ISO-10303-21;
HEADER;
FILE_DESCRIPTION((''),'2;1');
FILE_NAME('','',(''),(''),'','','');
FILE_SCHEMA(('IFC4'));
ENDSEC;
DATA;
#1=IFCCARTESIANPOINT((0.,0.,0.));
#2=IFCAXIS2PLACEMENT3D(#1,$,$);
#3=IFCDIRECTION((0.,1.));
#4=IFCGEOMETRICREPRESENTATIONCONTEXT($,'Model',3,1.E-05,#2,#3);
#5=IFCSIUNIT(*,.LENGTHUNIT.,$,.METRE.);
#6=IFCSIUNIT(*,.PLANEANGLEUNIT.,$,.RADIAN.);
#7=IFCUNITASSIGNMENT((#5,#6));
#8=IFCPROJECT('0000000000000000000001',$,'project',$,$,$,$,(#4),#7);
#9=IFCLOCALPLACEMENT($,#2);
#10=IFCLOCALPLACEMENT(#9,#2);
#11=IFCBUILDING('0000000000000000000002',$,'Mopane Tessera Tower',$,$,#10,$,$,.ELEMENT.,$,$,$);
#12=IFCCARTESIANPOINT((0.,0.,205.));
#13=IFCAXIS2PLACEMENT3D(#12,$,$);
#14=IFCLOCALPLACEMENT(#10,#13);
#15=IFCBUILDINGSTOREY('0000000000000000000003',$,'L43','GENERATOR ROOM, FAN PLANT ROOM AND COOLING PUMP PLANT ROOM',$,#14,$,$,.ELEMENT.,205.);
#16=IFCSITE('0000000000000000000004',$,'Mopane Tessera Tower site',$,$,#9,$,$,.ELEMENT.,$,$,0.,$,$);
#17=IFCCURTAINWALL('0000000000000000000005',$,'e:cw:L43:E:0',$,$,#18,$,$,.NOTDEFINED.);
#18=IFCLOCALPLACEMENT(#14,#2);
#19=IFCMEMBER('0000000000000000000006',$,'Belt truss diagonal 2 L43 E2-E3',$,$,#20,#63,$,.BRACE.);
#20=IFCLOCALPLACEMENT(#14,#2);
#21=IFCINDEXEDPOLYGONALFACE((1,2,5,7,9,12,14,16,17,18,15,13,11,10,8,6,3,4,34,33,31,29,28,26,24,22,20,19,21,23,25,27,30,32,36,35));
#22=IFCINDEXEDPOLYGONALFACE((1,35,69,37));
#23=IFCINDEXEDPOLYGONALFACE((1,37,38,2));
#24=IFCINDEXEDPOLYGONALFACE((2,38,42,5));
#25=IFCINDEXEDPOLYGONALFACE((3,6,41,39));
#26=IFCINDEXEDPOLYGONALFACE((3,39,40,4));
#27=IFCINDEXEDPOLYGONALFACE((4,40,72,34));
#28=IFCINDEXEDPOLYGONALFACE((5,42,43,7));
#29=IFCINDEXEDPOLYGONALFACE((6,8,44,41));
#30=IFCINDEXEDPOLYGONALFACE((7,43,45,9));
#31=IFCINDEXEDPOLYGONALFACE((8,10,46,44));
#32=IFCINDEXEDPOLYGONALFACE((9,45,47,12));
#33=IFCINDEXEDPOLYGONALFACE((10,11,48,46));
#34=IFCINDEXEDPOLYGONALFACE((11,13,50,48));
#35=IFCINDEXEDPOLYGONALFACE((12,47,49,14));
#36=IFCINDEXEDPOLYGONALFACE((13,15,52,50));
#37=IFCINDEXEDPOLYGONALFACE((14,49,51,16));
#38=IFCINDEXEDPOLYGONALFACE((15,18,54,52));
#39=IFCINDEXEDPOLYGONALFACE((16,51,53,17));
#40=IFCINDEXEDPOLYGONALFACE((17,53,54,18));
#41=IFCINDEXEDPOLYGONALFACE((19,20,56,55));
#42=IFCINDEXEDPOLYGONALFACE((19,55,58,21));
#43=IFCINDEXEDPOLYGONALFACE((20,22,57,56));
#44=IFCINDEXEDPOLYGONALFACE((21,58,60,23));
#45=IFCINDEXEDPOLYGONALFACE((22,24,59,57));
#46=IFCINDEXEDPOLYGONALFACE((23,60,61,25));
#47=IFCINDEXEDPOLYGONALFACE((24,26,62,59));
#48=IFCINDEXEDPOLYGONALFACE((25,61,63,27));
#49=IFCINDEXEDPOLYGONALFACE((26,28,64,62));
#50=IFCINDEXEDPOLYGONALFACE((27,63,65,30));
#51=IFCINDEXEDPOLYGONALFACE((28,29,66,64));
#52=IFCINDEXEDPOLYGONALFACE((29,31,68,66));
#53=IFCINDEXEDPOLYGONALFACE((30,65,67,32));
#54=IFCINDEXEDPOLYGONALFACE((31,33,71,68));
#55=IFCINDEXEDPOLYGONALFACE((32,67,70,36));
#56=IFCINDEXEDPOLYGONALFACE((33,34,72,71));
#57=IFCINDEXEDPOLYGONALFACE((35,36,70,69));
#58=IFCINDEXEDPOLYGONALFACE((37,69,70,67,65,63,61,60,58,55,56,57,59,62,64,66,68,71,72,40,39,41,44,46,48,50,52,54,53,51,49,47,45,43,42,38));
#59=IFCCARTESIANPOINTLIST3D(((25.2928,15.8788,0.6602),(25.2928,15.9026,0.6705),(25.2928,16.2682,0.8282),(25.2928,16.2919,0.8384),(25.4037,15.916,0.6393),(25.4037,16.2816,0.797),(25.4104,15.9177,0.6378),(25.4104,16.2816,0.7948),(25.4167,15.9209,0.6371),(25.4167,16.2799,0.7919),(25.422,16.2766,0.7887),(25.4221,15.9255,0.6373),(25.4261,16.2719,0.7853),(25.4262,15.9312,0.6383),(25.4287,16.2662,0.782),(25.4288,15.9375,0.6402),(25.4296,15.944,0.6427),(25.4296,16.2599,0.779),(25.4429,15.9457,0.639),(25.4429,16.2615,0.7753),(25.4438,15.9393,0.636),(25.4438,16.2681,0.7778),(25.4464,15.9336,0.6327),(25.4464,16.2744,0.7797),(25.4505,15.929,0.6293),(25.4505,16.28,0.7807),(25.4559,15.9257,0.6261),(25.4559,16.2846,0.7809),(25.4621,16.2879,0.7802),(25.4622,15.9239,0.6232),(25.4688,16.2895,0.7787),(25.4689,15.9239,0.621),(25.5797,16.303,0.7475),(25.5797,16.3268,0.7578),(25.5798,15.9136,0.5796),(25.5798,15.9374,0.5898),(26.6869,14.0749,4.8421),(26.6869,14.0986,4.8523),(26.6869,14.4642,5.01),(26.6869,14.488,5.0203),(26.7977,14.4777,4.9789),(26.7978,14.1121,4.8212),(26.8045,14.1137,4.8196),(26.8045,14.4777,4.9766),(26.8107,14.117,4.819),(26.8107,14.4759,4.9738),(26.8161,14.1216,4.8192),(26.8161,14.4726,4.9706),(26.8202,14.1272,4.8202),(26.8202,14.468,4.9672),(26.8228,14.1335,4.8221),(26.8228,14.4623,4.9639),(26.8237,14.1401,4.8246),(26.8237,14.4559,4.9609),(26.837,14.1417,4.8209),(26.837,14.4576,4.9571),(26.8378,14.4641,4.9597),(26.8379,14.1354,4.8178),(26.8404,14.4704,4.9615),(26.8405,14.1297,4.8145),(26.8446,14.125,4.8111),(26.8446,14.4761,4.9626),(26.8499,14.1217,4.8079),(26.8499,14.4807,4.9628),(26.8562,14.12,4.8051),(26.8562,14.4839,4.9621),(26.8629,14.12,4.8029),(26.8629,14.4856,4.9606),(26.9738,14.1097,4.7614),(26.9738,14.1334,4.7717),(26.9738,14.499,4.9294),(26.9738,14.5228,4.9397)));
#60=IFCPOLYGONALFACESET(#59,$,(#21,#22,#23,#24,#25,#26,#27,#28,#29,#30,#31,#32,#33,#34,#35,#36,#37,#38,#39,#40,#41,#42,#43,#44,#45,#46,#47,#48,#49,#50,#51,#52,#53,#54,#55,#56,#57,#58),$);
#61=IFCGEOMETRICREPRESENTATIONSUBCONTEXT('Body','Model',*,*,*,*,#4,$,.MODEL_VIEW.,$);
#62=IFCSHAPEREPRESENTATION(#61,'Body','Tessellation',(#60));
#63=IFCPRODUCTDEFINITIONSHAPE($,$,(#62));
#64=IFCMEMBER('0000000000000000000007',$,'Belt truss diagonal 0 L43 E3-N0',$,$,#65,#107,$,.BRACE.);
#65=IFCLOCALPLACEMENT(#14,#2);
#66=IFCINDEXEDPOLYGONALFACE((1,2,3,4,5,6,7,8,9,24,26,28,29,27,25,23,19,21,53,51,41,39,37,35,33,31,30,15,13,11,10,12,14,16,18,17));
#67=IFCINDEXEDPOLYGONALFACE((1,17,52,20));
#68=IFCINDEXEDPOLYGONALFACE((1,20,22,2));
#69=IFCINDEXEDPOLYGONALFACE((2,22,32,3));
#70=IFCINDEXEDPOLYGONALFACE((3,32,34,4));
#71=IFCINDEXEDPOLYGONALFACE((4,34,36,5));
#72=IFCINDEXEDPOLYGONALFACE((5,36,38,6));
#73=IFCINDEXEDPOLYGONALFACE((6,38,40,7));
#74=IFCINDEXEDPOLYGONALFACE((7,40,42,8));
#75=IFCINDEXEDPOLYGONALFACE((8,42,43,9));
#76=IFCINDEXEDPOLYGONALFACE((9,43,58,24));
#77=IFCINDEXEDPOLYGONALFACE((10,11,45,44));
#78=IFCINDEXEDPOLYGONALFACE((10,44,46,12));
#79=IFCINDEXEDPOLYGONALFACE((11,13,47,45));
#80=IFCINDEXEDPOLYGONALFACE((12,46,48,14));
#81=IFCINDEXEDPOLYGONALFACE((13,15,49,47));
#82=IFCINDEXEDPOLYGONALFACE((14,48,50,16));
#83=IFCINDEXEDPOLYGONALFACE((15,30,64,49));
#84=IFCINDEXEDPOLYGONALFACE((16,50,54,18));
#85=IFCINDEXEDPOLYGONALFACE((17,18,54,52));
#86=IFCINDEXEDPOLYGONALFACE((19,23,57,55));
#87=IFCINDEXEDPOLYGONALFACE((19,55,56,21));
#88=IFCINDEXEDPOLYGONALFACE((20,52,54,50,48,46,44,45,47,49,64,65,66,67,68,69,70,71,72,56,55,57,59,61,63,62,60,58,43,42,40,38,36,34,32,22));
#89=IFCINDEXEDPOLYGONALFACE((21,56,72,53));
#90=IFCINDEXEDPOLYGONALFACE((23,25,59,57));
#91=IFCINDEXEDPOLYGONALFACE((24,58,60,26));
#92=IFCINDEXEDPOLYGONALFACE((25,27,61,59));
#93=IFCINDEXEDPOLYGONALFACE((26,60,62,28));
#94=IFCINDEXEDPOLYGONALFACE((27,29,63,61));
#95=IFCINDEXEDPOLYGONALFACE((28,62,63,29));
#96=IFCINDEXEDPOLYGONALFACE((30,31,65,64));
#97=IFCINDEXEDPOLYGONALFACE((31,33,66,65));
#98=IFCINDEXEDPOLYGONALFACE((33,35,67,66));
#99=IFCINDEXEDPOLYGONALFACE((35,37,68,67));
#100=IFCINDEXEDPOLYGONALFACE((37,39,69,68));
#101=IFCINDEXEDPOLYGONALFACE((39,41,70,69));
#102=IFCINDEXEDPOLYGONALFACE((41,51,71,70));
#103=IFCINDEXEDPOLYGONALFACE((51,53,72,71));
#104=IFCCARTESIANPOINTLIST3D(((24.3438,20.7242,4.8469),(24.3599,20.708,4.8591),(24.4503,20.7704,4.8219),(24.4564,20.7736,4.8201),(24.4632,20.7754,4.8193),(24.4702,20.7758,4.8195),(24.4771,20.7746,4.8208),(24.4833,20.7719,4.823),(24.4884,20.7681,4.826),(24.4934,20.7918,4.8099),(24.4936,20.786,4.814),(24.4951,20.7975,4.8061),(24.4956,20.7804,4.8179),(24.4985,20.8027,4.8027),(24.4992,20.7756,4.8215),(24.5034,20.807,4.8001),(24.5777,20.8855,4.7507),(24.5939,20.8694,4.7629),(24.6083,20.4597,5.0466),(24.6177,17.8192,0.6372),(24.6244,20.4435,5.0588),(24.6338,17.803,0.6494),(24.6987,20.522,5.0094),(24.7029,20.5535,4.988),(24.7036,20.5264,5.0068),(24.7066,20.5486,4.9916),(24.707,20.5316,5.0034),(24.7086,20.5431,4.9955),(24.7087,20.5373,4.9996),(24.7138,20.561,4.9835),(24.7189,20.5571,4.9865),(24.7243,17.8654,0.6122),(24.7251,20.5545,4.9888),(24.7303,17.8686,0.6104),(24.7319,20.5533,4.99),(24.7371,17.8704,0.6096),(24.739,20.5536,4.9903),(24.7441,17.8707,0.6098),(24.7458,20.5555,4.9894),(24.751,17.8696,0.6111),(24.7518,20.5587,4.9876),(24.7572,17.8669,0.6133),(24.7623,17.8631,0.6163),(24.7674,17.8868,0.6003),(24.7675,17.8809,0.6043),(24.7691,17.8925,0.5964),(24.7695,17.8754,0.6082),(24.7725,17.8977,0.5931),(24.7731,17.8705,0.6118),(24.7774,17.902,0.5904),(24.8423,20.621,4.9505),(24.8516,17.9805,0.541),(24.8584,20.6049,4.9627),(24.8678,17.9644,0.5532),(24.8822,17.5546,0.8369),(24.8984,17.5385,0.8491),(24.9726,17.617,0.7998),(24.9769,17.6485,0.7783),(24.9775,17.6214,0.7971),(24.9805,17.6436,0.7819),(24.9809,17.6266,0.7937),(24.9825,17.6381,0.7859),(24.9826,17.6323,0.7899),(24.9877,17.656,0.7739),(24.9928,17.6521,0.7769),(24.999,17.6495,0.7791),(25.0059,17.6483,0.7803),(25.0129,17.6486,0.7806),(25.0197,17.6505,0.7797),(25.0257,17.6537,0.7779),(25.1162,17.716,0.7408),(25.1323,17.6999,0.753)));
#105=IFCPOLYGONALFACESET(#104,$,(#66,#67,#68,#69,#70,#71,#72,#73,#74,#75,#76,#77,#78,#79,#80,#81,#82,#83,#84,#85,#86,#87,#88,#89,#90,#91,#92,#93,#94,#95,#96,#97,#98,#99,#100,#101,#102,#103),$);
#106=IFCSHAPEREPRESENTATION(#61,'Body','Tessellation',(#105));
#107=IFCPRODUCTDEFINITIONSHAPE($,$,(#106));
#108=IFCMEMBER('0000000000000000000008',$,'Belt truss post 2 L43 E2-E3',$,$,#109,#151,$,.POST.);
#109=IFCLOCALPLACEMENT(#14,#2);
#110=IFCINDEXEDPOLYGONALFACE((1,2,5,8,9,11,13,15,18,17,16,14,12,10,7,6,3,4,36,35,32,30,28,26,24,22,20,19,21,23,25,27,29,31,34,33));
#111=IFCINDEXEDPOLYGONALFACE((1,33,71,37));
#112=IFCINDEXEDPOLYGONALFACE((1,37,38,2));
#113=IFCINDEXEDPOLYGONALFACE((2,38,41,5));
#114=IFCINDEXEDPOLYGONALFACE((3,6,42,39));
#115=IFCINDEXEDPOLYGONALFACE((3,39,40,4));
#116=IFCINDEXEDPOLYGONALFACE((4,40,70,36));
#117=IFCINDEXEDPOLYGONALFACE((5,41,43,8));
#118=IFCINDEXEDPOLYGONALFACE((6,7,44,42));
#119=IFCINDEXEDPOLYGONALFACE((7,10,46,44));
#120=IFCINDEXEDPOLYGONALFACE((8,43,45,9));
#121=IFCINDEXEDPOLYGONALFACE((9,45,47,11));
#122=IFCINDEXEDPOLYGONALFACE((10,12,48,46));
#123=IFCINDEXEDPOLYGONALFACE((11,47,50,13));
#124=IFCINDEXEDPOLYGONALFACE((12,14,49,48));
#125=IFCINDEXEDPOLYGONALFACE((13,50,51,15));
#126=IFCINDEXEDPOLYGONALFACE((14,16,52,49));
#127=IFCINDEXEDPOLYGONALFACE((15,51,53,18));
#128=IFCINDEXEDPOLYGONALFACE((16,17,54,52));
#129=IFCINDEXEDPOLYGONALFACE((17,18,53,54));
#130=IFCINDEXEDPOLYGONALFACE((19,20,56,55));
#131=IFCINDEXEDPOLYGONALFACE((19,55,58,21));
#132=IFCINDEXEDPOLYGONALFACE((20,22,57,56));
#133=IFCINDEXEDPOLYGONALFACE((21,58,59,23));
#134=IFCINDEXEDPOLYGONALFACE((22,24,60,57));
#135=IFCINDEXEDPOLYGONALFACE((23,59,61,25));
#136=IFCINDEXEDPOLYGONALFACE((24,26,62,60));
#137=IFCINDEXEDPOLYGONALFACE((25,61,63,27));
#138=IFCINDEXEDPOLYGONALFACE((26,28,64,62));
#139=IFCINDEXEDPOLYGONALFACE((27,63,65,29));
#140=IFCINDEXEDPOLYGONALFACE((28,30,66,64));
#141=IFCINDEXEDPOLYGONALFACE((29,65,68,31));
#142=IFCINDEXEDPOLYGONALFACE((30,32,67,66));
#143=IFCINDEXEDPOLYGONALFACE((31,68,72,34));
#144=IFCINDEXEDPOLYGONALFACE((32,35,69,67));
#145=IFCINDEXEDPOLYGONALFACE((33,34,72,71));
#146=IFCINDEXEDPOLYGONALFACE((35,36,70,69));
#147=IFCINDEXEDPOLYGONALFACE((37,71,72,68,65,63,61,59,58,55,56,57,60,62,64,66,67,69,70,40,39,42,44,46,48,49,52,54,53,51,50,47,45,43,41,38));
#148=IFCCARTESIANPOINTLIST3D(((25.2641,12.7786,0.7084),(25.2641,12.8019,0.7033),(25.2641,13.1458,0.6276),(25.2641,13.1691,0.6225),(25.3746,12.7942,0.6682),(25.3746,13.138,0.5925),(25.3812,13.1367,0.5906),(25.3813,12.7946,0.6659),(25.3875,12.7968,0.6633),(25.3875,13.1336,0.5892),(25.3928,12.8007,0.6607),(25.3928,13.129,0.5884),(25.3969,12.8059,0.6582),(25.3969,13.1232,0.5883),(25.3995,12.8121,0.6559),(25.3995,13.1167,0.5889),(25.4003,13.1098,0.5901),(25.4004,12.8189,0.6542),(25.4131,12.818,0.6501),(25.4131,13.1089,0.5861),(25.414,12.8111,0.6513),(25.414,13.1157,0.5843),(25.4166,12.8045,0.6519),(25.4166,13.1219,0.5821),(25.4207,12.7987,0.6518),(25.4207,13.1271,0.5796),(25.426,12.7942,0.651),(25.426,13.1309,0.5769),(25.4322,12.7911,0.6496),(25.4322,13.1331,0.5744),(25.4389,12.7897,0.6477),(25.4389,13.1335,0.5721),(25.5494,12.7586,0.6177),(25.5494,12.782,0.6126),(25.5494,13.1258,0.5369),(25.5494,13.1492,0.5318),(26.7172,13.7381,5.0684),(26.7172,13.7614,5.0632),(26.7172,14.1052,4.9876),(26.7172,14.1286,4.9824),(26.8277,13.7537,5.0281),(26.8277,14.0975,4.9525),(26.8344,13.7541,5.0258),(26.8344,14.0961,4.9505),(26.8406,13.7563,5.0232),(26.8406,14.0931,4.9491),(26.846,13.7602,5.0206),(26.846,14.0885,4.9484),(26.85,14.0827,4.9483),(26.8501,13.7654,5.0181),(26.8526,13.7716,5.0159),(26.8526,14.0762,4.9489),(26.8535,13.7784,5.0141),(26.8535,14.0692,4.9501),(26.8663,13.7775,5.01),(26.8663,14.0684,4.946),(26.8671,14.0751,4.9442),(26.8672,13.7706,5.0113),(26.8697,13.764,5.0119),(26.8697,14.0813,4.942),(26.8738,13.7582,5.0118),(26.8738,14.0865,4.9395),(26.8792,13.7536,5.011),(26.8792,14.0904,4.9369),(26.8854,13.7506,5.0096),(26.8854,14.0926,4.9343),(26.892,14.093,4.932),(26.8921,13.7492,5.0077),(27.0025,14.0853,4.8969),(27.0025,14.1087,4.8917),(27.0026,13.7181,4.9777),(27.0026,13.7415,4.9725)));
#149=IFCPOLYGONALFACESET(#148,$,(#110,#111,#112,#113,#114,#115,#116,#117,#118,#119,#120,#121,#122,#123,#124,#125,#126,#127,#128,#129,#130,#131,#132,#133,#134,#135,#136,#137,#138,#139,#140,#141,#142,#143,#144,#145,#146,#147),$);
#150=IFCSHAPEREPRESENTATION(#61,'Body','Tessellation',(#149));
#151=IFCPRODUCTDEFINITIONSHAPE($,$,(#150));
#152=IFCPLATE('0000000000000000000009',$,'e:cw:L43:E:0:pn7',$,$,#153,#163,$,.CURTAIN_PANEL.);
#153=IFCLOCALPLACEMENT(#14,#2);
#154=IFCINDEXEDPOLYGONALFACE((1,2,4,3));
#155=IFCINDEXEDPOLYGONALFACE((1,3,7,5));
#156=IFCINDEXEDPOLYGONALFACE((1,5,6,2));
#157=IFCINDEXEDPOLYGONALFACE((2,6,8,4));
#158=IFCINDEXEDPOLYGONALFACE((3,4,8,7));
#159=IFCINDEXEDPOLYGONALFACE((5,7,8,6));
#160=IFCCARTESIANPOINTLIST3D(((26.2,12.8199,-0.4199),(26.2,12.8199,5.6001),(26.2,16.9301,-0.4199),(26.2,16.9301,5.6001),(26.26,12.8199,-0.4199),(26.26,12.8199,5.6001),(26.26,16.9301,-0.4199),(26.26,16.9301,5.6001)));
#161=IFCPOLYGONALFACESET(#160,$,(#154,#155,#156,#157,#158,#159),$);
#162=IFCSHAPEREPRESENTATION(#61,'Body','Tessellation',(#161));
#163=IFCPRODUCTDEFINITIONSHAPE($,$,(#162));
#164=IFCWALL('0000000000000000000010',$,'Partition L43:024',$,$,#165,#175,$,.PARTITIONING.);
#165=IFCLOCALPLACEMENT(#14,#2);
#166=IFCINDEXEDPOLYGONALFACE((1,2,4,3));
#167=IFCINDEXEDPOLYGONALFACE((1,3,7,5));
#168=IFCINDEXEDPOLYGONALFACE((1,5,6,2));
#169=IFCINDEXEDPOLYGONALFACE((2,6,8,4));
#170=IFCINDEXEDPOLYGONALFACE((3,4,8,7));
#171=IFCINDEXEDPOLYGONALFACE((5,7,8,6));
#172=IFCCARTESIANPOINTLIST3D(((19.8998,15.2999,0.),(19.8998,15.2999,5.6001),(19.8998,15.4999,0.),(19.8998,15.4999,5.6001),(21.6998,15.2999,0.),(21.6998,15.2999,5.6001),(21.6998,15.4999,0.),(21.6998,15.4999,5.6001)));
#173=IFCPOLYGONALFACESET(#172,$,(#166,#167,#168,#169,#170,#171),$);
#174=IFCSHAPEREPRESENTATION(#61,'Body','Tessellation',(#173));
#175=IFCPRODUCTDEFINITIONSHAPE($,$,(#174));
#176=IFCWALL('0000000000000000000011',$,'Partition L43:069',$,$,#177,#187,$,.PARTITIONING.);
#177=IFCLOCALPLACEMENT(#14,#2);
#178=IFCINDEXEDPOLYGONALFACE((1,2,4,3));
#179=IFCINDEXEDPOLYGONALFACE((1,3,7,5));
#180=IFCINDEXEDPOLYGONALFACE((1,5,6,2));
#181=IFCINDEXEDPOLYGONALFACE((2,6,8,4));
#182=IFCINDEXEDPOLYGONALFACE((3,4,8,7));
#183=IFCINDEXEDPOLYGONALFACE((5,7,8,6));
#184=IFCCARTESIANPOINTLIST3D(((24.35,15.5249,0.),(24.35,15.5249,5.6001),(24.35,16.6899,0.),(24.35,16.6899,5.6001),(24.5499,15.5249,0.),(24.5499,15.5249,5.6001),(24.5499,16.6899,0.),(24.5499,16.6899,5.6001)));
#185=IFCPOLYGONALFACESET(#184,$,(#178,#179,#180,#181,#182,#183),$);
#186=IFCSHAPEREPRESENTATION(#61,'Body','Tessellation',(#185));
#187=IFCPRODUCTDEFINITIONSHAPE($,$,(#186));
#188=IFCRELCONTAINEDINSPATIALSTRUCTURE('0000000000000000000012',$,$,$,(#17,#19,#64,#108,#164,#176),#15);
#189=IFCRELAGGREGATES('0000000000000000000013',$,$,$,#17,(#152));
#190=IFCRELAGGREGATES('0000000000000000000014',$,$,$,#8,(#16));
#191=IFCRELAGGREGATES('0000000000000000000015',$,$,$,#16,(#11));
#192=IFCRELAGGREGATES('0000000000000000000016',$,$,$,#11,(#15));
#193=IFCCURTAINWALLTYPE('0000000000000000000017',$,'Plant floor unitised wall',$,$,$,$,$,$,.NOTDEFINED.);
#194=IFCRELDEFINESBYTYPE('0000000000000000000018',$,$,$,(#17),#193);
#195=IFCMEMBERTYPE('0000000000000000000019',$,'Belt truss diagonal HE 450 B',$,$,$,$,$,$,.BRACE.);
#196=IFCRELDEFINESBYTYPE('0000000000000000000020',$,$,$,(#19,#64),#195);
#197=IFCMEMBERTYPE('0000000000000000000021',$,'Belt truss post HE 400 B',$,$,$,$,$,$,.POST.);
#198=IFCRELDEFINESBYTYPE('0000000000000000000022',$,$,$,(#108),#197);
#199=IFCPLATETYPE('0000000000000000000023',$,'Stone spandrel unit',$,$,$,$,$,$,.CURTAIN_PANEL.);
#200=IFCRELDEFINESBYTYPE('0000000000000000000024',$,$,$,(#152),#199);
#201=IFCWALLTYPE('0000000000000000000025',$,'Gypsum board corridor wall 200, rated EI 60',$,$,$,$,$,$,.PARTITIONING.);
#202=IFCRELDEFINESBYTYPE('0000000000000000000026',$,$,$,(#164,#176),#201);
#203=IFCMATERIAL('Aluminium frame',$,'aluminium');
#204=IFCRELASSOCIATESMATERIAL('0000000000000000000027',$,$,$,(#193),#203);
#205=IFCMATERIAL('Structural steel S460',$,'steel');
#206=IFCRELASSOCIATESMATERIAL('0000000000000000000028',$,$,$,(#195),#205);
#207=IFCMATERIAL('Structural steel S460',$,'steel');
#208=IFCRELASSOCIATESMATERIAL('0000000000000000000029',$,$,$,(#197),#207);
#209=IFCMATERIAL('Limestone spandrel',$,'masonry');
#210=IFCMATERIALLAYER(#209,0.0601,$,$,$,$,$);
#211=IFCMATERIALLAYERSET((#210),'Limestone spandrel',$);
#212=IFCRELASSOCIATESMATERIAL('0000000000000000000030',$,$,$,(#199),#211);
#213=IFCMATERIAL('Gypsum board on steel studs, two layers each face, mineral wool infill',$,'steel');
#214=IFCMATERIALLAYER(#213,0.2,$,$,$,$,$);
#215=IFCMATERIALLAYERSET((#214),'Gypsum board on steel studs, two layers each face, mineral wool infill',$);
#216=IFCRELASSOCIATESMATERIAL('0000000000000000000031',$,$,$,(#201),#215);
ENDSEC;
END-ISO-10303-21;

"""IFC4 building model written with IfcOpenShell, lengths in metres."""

from ifc_helpers import new_model, si_unit, direction, frame, frame_2d, origin, origin_2d, place, context, subcontext, project, spatial, rectangle, i_section, extrude, material, layer, layer_set, material_profile, profile_set, type_object, element, aggregate, save


model = new_model("IFC4")

# Units and contexts
model_context = context("Model", 3, precision=1e-05, world=origin(), true_north=direction((0.0, 1.0)))
body_context = subcontext(model_context, "Body", "Model", "MODEL_VIEW")
ifc_project = project(units=[si_unit("LENGTHUNIT", "METRE"), si_unit("PLANEANGLEUNIT", "RADIAN")], contexts=[model_context])

# Site, building, storey
site_placement = place(None, origin())
site = spatial("IfcSite", under=ifc_project, at=site_placement, Name="Mopane Tessera Tower site", CompositionType="ELEMENT", RefElevation=0.0)
building_placement = place(site_placement, origin())
building = spatial("IfcBuilding", under=site, at=building_placement, Name="Mopane Tessera Tower", CompositionType="ELEMENT")
storey_placement = place(building_placement, frame((0.0, 0.0, 205.0)))
storey = spatial("IfcBuildingStorey", under=building, at=storey_placement, Name="L43", Description="GENERATOR ROOM, FAN PLANT ROOM AND COOLING PUMP PLANT ROOM", CompositionType="ELEMENT", Elevation=205.0)

# Curtain wall
ifc_material_1 = material(Name="Aluminium frame", Category="aluminium")
curtain_wall_type = type_object("IfcCurtainWallType", Name="Plant floor unitised wall", PredefinedType="NOTDEFINED", material=ifc_material_1)
curtain_wall_placement = place(storey_placement, origin())
curtain_wall = element("IfcCurtainWall", 1, at=curtain_wall_placement, inside=storey, type_object=curtain_wall_type, Name="e:cw:L43:E:0", PredefinedType="NOTDEFINED")

# Members
ifc_material_2 = material(Name="Structural steel S460", Category="steel")
ifc_material_profile_1 = material_profile(ifc_material_2, i_section(OverallWidth=0.3, OverallDepth=0.45, WebThickness=0.0139, FlangeThickness=0.0259, FilletRadius=0.0271, at=origin_2d()))
ifc_profile_set_1 = profile_set([ifc_material_profile_1], Name="Structural steel S460")
member_type_1 = type_object("IfcMemberType", Name="Belt truss diagonal HE 450 B", PredefinedType="BRACE", material=ifc_profile_set_1)
member_1_placement = place(storey_placement, frame((26.8303, 14.2988, 4.8909), z_axis=(-0.292684, 0.378747, -0.878002), x_axis=(-0.956209, -0.115987, 0.268721)))
element("IfcMember", 2, at=member_1_placement, inside=storey, type_object=member_type_1, Name="Belt truss diagonal 2 L43 E2-E3", PredefinedType="BRACE", context=body_context, shape_type="SweptSolid", body=[
    extrude(i_section(OverallWidth=0.3, OverallDepth=0.45, WebThickness=0.0139, FlangeThickness=0.0259, FilletRadius=0.0271, at=origin_2d()), origin(), (0.0, 0.0, 1.0), 4.7629),
])
member_2_placement = place(storey_placement, frame((24.875, 17.7595, 0.6951), z_axis=(-0.053479, 0.567156, 0.821873), x_axis=(-0.779769, -0.537856, 0.320423)))
element("IfcMember", 3, at=member_2_placement, inside=storey, type_object=member_type_1, Name="Belt truss diagonal 0 L43 E3-N0", PredefinedType="BRACE", context=body_context, shape_type="SweptSolid", body=[
    extrude(i_section(OverallWidth=0.3, OverallDepth=0.45, WebThickness=0.0139, FlangeThickness=0.0259, FilletRadius=0.0271, at=origin_2d()), origin(), (0.0, 0.0, 1.0), 5.1221),
])
ifc_material_3 = material(Name="Structural steel S460", Category="steel")
ifc_material_profile_2 = material_profile(ifc_material_3, i_section(OverallWidth=0.3, OverallDepth=0.3999, WebThickness=0.0134, FlangeThickness=0.0239, FilletRadius=0.0271, at=origin_2d()))
ifc_profile_set_2 = profile_set([ifc_material_profile_2], Name="Structural steel S460")
member_type_2 = type_object("IfcMemberType", Name="Belt truss post HE 400 B", PredefinedType="POST", material=ifc_profile_set_2)
member_3_placement = place(storey_placement, frame((25.4067, 12.9639, 0.6201), z_axis=(0.309522, 0.204372, 0.92867), x_axis=(-0.950892, 0.066481, 0.302298)))
element("IfcMember", 4, at=member_3_placement, inside=storey, type_object=member_type_2, Name="Belt truss post 2 L43 E2-E3", PredefinedType="POST", context=body_context, shape_type="SweptSolid", body=[
    extrude(i_section(OverallWidth=0.3, OverallDepth=0.3999, WebThickness=0.0134, FlangeThickness=0.0239, FilletRadius=0.0271, at=origin_2d()), origin(), (0.0, 0.0, 1.0), 4.6948),
])

# Plate
ifc_material_4 = material(Name="Limestone spandrel", Category="masonry")
ifc_layer_1 = layer(ifc_material_4, 0.0601)
ifc_layer_set_1 = layer_set([ifc_layer_1], Name="Limestone spandrel")
plate_type = type_object("IfcPlateType", Name="Stone spandrel unit", PredefinedType="CURTAIN_PANEL", material=ifc_layer_set_1)
plate_placement = place(storey_placement, frame((26.23, 14.875, -0.4199), z_axis=(0.0, 0.0, 1.0), x_axis=(0.0, 1.0, 0.0)))
plate = element("IfcPlate", 5, at=plate_placement, type_object=plate_type, Name="e:cw:L43:E:0:pn7", PredefinedType="CURTAIN_PANEL", context=body_context, shape_type="SweptSolid", body=[
    extrude(rectangle(XDim=4.1101, YDim=0.0601, at=origin_2d()), origin(), (0.0, 0.0, 1.0), 6.02),
])
aggregate(curtain_wall, [plate])

# Walls
ifc_material_5 = material(Name="Gypsum board on steel studs, two layers each face, mineral wool infill", Category="steel")
ifc_layer_2 = layer(ifc_material_5, 0.2)
ifc_layer_set_2 = layer_set([ifc_layer_2], Name="Gypsum board on steel studs, two layers each face, mineral wool infill")
wall_type_1 = type_object("IfcWallType", Name="Gypsum board corridor wall 200, rated EI 60", PredefinedType="PARTITIONING", material=ifc_layer_set_2)
wall_1_placement = place(storey_placement, frame((19.8999, 15.3999, 0.0), z_axis=(0.0, 0.0, 1.0), x_axis=(1.0, 0.0, 0.0)))
element("IfcWall", 6, at=wall_1_placement, inside=storey, type_object=wall_type_1, Name="Partition L43:024", PredefinedType="PARTITIONING", context=body_context, shape_type="SweptSolid", body=[
    extrude(rectangle(XDim=1.8, YDim=0.2, at=frame_2d((0.8999, 0.0))), origin(), (0.0, 0.0, 1.0), 5.6001),
])
wall_2_placement = place(storey_placement, frame((24.45, 15.5249, 0.0), z_axis=(0.0, 0.0, 1.0), x_axis=(0.0, 1.0, 0.0)))
element("IfcWall", 7, at=wall_2_placement, inside=storey, type_object=wall_type_1, Name="Partition L43:069", PredefinedType="PARTITIONING", context=body_context, shape_type="SweptSolid", body=[
    extrude(rectangle(XDim=1.165, YDim=0.2, at=frame_2d((0.5825, 0.0))), origin(), (0.0, 0.0, 1.0), 5.6001),
])

save(model, "model.ifc")
